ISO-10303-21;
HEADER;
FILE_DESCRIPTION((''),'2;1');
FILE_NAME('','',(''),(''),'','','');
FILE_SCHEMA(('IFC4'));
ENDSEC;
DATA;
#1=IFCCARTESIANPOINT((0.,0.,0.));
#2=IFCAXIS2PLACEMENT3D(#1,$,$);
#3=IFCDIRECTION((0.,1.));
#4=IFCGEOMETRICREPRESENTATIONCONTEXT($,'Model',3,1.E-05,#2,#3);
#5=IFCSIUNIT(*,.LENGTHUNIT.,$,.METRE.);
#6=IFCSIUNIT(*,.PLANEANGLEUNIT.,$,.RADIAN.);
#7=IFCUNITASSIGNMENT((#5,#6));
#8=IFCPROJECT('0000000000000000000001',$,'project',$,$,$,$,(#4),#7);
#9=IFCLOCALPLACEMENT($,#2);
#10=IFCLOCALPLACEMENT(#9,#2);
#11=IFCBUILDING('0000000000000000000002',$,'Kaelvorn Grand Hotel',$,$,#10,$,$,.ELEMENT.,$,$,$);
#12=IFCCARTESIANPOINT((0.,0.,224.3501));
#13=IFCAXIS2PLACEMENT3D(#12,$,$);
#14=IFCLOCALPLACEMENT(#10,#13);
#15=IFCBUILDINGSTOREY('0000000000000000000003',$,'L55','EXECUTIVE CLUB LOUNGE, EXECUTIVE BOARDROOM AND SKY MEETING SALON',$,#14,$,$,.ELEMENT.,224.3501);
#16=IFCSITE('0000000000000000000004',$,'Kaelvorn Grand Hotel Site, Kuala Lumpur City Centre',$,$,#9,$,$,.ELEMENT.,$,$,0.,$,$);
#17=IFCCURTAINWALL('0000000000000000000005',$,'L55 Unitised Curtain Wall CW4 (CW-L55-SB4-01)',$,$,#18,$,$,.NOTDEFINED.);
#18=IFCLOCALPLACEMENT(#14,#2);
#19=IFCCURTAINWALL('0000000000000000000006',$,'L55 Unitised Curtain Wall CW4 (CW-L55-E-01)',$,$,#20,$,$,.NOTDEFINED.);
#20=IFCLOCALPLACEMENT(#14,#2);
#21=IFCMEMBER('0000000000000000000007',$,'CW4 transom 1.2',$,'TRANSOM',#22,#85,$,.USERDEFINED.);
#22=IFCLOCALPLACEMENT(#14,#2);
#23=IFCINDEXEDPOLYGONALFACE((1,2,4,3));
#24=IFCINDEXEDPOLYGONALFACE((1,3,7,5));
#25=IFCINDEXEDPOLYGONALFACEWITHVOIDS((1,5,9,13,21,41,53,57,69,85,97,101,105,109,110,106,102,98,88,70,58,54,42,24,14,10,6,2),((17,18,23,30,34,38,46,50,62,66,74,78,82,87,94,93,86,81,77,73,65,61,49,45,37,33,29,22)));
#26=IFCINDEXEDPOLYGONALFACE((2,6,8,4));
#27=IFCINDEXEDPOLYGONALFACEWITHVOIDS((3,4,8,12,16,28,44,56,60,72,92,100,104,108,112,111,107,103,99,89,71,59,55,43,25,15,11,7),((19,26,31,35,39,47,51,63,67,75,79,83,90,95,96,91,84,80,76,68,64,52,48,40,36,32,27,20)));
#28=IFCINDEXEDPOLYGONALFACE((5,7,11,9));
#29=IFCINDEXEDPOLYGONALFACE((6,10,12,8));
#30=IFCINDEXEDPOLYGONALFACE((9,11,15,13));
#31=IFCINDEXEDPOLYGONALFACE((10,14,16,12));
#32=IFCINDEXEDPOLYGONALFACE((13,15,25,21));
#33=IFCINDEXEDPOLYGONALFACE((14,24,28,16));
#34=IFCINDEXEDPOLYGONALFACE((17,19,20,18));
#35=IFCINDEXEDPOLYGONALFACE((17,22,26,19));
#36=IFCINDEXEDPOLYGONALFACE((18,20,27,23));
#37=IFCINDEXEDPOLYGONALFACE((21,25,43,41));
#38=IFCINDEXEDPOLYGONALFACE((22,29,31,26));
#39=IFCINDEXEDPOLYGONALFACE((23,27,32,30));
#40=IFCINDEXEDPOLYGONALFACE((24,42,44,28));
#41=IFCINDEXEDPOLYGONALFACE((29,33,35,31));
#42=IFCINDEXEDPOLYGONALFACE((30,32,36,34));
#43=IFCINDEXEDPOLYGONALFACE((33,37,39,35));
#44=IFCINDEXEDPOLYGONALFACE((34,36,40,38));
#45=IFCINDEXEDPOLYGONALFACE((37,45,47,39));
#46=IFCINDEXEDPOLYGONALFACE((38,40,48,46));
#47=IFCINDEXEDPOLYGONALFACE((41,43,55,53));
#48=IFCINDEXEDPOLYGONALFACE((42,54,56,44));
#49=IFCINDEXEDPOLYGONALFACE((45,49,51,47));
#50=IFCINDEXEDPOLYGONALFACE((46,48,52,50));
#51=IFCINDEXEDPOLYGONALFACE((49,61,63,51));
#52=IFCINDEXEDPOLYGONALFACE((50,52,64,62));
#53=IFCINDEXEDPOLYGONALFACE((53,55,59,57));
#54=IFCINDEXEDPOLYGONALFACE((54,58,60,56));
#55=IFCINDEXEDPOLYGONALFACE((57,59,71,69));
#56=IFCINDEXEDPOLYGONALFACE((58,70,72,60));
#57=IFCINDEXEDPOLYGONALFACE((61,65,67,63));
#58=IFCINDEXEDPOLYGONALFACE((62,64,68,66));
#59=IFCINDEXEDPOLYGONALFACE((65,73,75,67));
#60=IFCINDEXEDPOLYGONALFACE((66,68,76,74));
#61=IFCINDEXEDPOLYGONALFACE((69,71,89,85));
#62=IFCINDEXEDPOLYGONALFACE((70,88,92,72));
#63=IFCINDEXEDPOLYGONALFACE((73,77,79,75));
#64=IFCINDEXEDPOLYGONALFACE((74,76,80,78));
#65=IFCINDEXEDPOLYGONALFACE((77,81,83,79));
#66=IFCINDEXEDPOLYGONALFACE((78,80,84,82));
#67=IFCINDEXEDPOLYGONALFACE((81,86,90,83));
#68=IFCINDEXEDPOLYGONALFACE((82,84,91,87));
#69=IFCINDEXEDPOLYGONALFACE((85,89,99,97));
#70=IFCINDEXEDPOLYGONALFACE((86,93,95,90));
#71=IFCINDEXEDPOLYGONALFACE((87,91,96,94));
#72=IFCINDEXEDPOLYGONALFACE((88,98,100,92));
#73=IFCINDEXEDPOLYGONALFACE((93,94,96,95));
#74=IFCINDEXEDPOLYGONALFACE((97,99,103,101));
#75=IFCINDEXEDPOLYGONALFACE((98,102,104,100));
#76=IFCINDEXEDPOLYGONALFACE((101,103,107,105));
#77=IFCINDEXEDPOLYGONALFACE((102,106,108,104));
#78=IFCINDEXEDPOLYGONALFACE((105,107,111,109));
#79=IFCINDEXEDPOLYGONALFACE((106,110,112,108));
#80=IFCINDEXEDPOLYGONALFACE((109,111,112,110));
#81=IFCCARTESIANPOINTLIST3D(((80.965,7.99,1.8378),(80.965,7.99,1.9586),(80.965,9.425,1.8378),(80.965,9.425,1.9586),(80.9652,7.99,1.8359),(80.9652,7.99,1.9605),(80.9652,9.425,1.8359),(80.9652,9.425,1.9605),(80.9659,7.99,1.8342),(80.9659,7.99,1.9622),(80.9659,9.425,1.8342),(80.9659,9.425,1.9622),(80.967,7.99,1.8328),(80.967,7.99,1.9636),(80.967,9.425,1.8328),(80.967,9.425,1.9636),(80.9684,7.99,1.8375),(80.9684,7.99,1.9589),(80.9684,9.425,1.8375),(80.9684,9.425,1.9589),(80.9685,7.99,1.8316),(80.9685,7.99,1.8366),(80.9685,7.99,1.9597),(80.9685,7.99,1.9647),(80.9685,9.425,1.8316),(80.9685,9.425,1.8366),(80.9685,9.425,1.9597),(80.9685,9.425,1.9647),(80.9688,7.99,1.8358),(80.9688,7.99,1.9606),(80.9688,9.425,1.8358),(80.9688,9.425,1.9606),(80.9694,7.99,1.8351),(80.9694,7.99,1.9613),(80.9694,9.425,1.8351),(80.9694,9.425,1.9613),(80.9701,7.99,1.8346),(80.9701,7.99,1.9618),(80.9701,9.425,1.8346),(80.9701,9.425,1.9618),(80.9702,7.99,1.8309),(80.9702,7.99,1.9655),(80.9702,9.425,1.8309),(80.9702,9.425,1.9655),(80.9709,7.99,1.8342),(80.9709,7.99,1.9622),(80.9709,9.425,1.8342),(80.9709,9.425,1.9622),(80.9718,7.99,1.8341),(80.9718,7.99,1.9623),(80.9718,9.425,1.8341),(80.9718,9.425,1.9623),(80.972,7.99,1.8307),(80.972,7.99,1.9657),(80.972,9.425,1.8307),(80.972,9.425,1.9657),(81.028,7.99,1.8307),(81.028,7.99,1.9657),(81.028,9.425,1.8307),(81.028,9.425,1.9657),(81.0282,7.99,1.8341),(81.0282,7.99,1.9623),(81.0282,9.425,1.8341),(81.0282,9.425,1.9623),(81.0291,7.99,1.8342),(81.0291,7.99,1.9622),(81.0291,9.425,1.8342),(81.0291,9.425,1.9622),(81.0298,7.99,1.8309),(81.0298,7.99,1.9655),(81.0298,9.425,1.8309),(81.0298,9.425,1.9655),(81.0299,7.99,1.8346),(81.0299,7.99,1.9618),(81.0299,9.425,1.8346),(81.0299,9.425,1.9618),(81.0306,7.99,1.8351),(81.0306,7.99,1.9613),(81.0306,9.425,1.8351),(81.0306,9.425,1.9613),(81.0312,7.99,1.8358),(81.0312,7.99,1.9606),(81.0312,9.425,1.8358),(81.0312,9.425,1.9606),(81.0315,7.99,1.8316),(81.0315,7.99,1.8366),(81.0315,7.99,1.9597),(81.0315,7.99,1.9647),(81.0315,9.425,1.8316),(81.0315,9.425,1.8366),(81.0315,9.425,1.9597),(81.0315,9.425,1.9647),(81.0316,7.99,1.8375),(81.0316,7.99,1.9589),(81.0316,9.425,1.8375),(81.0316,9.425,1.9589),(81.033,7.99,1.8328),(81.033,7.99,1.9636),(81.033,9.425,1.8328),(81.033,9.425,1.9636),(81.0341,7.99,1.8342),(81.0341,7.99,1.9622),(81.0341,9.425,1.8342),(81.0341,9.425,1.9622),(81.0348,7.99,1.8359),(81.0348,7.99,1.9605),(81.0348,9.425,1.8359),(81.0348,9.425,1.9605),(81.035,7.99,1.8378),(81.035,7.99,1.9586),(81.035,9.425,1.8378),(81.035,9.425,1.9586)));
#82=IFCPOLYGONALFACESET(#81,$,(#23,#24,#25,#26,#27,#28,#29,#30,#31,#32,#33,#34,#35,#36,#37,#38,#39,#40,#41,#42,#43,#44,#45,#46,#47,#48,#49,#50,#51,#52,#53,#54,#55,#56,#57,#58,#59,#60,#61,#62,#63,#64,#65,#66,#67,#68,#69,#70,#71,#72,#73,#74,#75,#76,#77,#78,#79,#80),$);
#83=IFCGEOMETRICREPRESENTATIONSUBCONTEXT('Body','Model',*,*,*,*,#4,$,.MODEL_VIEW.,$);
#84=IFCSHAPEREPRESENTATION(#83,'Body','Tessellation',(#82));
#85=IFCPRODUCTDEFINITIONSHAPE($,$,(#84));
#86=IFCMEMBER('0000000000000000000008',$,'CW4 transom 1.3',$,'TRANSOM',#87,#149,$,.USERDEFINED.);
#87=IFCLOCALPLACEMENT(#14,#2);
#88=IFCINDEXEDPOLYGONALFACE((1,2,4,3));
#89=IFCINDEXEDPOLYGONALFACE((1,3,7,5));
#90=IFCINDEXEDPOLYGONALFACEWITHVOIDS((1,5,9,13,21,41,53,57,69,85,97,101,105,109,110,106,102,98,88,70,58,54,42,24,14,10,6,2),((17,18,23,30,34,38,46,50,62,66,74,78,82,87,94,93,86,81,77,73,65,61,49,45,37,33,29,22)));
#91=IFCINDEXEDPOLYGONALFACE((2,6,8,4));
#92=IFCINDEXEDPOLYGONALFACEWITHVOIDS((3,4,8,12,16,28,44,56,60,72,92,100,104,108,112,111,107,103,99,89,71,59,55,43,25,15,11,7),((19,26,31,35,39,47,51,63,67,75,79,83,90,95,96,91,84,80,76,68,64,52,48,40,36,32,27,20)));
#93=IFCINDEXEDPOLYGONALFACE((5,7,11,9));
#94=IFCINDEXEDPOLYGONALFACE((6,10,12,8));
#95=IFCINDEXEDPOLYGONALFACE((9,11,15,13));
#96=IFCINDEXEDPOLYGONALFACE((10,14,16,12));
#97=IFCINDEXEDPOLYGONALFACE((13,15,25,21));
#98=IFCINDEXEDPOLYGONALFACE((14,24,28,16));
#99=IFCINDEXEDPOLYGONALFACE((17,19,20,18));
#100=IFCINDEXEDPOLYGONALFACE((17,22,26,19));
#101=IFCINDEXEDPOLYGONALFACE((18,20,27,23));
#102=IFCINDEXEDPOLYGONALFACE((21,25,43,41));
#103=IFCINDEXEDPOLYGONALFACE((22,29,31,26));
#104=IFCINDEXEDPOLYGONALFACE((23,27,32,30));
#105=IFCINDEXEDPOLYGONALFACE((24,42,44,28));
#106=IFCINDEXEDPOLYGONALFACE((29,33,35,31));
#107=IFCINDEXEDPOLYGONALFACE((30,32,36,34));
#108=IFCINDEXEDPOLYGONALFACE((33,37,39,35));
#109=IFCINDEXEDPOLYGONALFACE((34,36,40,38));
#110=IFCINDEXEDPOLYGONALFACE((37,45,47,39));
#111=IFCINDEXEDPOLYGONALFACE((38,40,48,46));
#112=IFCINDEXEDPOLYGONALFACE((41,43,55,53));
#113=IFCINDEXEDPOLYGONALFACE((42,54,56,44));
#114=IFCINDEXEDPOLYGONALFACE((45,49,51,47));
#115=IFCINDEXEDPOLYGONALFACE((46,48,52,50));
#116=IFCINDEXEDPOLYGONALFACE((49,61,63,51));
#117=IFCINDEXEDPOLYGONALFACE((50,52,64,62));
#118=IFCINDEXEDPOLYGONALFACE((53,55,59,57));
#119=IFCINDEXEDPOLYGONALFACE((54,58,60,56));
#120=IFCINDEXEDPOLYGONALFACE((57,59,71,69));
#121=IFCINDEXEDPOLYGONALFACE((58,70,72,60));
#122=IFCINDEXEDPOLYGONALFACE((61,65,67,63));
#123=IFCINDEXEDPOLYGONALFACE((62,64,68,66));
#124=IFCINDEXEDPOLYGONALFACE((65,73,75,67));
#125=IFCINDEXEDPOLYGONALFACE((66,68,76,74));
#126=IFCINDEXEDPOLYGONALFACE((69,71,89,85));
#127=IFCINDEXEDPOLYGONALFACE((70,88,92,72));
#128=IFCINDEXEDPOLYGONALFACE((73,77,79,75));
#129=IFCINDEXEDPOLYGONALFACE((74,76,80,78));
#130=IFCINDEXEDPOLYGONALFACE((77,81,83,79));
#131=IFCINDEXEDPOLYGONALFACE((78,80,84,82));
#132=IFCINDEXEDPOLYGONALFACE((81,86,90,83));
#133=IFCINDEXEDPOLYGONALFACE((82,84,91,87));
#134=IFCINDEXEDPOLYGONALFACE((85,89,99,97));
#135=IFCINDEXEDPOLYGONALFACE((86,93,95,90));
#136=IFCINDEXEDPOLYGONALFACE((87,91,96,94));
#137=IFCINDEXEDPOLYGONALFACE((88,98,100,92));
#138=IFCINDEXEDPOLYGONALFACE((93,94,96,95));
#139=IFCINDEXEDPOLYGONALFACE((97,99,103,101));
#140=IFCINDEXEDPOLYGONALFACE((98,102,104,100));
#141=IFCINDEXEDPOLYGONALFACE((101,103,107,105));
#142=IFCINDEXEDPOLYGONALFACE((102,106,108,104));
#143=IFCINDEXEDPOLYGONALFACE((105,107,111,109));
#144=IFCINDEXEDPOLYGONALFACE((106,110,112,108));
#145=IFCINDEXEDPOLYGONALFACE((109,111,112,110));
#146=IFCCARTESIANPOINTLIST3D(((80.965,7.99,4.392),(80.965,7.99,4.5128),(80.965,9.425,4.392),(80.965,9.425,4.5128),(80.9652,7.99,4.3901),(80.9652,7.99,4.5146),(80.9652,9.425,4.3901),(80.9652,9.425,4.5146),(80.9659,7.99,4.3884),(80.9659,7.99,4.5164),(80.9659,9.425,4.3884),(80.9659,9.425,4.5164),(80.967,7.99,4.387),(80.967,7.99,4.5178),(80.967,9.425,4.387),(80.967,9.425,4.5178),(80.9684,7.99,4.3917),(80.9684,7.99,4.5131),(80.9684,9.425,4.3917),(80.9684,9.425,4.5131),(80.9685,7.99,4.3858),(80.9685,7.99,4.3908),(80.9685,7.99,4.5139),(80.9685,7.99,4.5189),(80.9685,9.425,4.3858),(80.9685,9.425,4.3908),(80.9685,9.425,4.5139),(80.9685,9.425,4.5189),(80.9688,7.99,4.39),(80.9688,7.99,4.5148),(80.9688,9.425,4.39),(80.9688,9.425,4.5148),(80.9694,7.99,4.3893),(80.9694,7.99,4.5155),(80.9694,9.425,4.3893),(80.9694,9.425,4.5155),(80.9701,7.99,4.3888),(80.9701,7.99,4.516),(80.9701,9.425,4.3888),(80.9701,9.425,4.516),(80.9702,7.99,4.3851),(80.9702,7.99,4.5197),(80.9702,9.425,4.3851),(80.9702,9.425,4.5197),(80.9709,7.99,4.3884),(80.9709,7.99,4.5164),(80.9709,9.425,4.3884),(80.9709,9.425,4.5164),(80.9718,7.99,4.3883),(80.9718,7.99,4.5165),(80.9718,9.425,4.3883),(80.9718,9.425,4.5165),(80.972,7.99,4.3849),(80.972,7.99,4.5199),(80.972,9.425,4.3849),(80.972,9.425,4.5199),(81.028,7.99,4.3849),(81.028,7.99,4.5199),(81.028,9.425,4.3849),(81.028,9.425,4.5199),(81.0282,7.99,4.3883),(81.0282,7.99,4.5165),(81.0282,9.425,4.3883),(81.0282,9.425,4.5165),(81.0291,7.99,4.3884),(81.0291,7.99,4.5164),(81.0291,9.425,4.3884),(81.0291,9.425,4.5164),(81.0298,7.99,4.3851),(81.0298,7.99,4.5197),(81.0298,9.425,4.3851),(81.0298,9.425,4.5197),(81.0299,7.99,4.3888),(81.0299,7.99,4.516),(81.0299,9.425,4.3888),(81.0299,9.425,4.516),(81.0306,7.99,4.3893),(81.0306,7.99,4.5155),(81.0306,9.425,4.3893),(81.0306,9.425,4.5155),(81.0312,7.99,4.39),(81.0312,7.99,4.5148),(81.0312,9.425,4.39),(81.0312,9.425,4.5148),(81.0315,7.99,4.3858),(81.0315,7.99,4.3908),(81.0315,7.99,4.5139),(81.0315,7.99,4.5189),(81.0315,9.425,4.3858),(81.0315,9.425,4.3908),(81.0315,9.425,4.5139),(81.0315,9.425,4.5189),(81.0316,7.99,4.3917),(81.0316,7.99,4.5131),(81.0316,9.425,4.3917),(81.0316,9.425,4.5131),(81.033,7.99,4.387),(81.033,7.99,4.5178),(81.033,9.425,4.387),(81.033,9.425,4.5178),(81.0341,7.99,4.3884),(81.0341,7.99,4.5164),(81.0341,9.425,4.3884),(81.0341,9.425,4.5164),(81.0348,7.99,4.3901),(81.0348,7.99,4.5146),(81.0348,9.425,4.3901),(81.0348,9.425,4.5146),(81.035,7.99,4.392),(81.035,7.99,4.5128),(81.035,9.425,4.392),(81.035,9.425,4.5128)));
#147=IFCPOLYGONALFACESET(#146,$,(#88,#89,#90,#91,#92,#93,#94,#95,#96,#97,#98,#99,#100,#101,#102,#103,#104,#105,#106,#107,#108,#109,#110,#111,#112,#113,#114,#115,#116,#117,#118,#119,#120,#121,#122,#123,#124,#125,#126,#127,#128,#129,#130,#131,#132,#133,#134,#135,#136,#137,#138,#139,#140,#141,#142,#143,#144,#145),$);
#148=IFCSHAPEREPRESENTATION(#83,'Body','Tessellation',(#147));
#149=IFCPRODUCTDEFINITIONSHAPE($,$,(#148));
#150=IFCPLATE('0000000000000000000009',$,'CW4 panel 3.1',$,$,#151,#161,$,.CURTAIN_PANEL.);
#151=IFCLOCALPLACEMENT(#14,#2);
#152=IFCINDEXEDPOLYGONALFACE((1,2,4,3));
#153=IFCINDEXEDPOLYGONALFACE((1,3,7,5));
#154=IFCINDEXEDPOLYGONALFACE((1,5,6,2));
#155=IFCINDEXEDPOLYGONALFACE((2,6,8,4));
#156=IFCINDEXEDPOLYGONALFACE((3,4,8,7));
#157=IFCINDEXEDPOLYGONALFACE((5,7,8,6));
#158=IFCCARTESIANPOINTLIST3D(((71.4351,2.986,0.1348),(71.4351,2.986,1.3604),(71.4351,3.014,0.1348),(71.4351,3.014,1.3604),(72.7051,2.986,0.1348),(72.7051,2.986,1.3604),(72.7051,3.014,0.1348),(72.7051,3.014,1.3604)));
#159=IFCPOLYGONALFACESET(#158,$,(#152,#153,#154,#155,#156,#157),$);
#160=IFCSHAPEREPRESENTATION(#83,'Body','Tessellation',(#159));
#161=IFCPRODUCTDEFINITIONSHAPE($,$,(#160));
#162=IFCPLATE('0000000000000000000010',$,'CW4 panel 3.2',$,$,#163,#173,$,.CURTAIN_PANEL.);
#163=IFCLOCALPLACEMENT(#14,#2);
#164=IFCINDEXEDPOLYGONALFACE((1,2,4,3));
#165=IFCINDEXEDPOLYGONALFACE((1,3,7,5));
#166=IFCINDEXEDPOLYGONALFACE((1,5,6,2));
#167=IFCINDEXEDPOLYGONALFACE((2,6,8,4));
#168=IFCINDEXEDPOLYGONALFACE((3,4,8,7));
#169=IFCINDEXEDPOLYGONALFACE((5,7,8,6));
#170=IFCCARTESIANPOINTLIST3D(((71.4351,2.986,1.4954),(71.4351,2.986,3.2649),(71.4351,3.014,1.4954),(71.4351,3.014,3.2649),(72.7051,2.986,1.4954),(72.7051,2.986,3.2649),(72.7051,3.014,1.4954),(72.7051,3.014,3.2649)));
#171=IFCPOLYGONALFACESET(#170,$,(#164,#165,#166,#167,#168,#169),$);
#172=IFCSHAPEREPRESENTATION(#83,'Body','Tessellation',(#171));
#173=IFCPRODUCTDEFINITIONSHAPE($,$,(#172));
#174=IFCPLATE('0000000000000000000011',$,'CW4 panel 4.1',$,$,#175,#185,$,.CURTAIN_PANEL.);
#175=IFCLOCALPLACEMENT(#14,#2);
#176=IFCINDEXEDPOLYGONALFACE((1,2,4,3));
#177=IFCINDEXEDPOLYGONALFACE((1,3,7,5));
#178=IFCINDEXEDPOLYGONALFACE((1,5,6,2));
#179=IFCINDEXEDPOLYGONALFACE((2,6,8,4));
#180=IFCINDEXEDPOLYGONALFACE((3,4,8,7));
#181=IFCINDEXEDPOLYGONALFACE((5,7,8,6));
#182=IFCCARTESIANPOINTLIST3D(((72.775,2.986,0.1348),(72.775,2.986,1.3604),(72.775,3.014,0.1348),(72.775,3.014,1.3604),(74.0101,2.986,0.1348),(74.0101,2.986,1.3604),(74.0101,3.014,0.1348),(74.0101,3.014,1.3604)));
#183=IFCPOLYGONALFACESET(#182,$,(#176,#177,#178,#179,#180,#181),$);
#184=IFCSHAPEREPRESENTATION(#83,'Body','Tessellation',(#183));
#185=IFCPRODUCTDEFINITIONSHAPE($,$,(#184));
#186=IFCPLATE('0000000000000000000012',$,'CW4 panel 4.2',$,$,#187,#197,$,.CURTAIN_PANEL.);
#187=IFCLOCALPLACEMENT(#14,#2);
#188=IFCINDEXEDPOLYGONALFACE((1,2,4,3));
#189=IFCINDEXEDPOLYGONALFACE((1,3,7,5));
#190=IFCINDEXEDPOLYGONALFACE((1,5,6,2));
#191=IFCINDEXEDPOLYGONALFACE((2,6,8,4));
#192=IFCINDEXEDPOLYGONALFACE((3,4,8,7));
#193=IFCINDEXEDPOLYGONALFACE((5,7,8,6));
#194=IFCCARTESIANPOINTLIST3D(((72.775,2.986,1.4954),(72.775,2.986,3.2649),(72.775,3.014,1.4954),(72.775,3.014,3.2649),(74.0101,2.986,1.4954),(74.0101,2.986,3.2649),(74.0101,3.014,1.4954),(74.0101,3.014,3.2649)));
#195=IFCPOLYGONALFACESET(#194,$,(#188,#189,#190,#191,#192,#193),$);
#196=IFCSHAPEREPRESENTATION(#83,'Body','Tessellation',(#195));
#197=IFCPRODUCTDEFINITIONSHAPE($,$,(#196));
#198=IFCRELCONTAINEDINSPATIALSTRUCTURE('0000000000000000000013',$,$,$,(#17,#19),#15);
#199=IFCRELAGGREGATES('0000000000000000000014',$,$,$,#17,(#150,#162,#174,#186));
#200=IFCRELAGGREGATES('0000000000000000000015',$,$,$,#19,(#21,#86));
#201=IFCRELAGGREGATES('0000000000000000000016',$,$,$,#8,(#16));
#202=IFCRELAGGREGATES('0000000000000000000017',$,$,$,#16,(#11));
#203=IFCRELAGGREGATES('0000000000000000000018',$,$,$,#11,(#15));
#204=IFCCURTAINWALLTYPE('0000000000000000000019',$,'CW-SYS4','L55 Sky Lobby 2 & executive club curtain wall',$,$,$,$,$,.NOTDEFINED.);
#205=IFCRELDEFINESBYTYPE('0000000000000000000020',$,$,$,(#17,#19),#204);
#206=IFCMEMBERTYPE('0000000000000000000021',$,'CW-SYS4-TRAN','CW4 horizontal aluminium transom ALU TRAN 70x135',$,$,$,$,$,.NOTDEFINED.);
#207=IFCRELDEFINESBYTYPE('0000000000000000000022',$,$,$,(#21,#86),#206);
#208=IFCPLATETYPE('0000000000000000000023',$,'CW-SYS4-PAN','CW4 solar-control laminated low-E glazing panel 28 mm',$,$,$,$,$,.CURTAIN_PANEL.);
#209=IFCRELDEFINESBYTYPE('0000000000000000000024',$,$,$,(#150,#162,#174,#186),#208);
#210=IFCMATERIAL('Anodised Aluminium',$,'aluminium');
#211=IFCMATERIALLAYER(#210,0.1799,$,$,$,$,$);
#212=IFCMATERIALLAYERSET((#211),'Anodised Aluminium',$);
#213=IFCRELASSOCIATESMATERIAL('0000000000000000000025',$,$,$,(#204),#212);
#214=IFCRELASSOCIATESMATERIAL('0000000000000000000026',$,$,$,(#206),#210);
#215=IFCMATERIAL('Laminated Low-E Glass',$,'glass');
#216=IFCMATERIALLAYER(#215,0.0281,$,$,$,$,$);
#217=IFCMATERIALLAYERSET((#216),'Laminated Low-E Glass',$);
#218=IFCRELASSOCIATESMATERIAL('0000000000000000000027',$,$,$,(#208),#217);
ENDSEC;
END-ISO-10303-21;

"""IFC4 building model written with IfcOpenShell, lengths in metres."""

from ifc_helpers import new_model, si_unit, direction, frame, origin, origin_2d, place, context, subcontext, project, spatial, rectangle, hollow_rectangle, extrude, material, layer, layer_set, material_profile, profile_set, type_object, element, aggregate, save


model = new_model("IFC4")

# Units and contexts
model_context = context("Model", 3, precision=1e-05, world=origin(), true_north=direction((0.0, 1.0)))
body_context = subcontext(model_context, "Body", "Model", "MODEL_VIEW")
ifc_project = project(units=[si_unit("LENGTHUNIT", "METRE"), si_unit("PLANEANGLEUNIT", "RADIAN")], contexts=[model_context])

# Site, building, storey
site_placement = place(None, origin())
site = spatial("IfcSite", under=ifc_project, at=site_placement, Name="Kaelvorn Grand Hotel Site, Kuala Lumpur City Centre", CompositionType="ELEMENT", RefElevation=0.0)
building_placement = place(site_placement, origin())
building = spatial("IfcBuilding", under=site, at=building_placement, Name="Kaelvorn Grand Hotel", CompositionType="ELEMENT")
storey_placement = place(building_placement, frame((0.0, 0.0, 224.3501)))
storey = spatial("IfcBuildingStorey", under=building, at=storey_placement, Name="L55", Description="EXECUTIVE CLUB LOUNGE, EXECUTIVE BOARDROOM AND SKY MEETING SALON", CompositionType="ELEMENT", Elevation=224.3501)

# Curtain wall
ifc_material_1 = material(Name="Anodised Aluminium", Category="aluminium")
ifc_layer_1 = layer(ifc_material_1, 0.1799)
ifc_layer_set_1 = layer_set([ifc_layer_1], Name="Anodised Aluminium")
curtain_wall_type = type_object("IfcCurtainWallType", Name="CW-SYS4", Description="L55 Sky Lobby 2 & executive club curtain wall", PredefinedType="NOTDEFINED", material=ifc_layer_set_1)
curtain_wall_1_placement = place(storey_placement, origin())
curtain_wall_1 = element("IfcCurtainWall", 1, at=curtain_wall_1_placement, inside=storey, type_object=curtain_wall_type, Name="L55 Unitised Curtain Wall CW4 (CW-L55-SB4-01)", PredefinedType="NOTDEFINED")

# Curtain wall
curtain_wall_2_placement = place(storey_placement, origin())
curtain_wall_2 = element("IfcCurtainWall", 2, at=curtain_wall_2_placement, inside=storey, type_object=curtain_wall_type, Name="L55 Unitised Curtain Wall CW4 (CW-L55-E-01)", PredefinedType="NOTDEFINED")

# Members
ifc_material_profile_1 = material_profile(ifc_material_1, hollow_rectangle(XDim=0.0701, YDim=0.135, WallThickness=0.0034, InnerFilletRadius=0.0034, OuterFilletRadius=0.0071, at=origin_2d()), Name="ALU TRAN 70x135")
ifc_profile_set_1 = profile_set([ifc_material_profile_1], Name="Anodised Aluminium")
member_type_1 = type_object("IfcMemberType", Name="CW-SYS4-TRAN", Description="CW4 horizontal aluminium transom ALU TRAN 70x135", PredefinedType="NOTDEFINED", material=ifc_profile_set_1)
member_1_placement = place(storey_placement, frame((81.0, 7.99, 1.8982), z_axis=(0.0, 1.0, 0.0), x_axis=(-1.0, 0.0, 0.0)))
member_1 = element("IfcMember", 3, at=member_1_placement, type_object=member_type_1, Name="CW4 transom 1.2", ObjectType="TRANSOM", PredefinedType="USERDEFINED", context=body_context, shape_type="SweptSolid", body=[
    extrude(hollow_rectangle(XDim=0.0701, YDim=0.135, WallThickness=0.0034, InnerFilletRadius=0.0034, OuterFilletRadius=0.0071, at=origin_2d()), origin(), (0.0, 0.0, 1.0), 1.4351),
])
member_2_placement = place(storey_placement, frame((81.0, 7.99, 4.4524), z_axis=(0.0, 1.0, 0.0), x_axis=(-1.0, 0.0, 0.0)))
member_2 = element("IfcMember", 4, at=member_2_placement, type_object=member_type_1, Name="CW4 transom 1.3", ObjectType="TRANSOM", PredefinedType="USERDEFINED", context=body_context, shape_type="SweptSolid", body=[
    extrude(hollow_rectangle(XDim=0.0701, YDim=0.135, WallThickness=0.0034, InnerFilletRadius=0.0034, OuterFilletRadius=0.0071, at=origin_2d()), origin(), (0.0, 0.0, 1.0), 1.4351),
])

# Plates
ifc_material_2 = material(Name="Laminated Low-E Glass", Category="glass")
ifc_layer_2 = layer(ifc_material_2, 0.0281)
ifc_layer_set_2 = layer_set([ifc_layer_2], Name="Laminated Low-E Glass")
plate_type = type_object("IfcPlateType", Name="CW-SYS4-PAN", Description="CW4 solar-control laminated low-E glazing panel 28 mm", PredefinedType="CURTAIN_PANEL", material=ifc_layer_set_2)
plate_1_placement = place(storey_placement, frame((72.0701, 3.0, 0.1348), z_axis=(0.0, 0.0, 1.0), x_axis=(1.0, 0.0, 0.0)))
plate_1 = element("IfcPlate", 5, at=plate_1_placement, type_object=plate_type, Name="CW4 panel 3.1", PredefinedType="CURTAIN_PANEL", context=body_context, shape_type="SweptSolid", body=[
    extrude(rectangle(XDim=1.27, YDim=0.0281, at=origin_2d()), origin(), (0.0, 0.0, 1.0), 1.2256),
])
plate_2_placement = place(storey_placement, frame((72.0701, 3.0, 1.4954), z_axis=(0.0, 0.0, 1.0), x_axis=(1.0, 0.0, 0.0)))
plate_2 = element("IfcPlate", 6, at=plate_2_placement, type_object=plate_type, Name="CW4 panel 3.2", PredefinedType="CURTAIN_PANEL", context=body_context, shape_type="SweptSolid", body=[
    extrude(rectangle(XDim=1.27, YDim=0.0281, at=origin_2d()), origin(), (0.0, 0.0, 1.0), 1.7695),
])
plate_3_placement = place(storey_placement, frame((73.3926, 3.0, 0.1348), z_axis=(0.0, 0.0, 1.0), x_axis=(1.0, 0.0, 0.0)))
plate_3 = element("IfcPlate", 7, at=plate_3_placement, type_object=plate_type, Name="CW4 panel 4.1", PredefinedType="CURTAIN_PANEL", context=body_context, shape_type="SweptSolid", body=[
    extrude(rectangle(XDim=1.2351, YDim=0.0281, at=origin_2d()), origin(), (0.0, 0.0, 1.0), 1.2256),
])
plate_4_placement = place(storey_placement, frame((73.3926, 3.0, 1.4954), z_axis=(0.0, 0.0, 1.0), x_axis=(1.0, 0.0, 0.0)))
plate_4 = element("IfcPlate", 8, at=plate_4_placement, type_object=plate_type, Name="CW4 panel 4.2", PredefinedType="CURTAIN_PANEL", context=body_context, shape_type="SweptSolid", body=[
    extrude(rectangle(XDim=1.2351, YDim=0.0281, at=origin_2d()), origin(), (0.0, 0.0, 1.0), 1.7695),
])
aggregate(curtain_wall_1, [plate_1, plate_2, plate_3, plate_4])
aggregate(curtain_wall_2, [member_1, member_2])

save(model, "model.ifc")
